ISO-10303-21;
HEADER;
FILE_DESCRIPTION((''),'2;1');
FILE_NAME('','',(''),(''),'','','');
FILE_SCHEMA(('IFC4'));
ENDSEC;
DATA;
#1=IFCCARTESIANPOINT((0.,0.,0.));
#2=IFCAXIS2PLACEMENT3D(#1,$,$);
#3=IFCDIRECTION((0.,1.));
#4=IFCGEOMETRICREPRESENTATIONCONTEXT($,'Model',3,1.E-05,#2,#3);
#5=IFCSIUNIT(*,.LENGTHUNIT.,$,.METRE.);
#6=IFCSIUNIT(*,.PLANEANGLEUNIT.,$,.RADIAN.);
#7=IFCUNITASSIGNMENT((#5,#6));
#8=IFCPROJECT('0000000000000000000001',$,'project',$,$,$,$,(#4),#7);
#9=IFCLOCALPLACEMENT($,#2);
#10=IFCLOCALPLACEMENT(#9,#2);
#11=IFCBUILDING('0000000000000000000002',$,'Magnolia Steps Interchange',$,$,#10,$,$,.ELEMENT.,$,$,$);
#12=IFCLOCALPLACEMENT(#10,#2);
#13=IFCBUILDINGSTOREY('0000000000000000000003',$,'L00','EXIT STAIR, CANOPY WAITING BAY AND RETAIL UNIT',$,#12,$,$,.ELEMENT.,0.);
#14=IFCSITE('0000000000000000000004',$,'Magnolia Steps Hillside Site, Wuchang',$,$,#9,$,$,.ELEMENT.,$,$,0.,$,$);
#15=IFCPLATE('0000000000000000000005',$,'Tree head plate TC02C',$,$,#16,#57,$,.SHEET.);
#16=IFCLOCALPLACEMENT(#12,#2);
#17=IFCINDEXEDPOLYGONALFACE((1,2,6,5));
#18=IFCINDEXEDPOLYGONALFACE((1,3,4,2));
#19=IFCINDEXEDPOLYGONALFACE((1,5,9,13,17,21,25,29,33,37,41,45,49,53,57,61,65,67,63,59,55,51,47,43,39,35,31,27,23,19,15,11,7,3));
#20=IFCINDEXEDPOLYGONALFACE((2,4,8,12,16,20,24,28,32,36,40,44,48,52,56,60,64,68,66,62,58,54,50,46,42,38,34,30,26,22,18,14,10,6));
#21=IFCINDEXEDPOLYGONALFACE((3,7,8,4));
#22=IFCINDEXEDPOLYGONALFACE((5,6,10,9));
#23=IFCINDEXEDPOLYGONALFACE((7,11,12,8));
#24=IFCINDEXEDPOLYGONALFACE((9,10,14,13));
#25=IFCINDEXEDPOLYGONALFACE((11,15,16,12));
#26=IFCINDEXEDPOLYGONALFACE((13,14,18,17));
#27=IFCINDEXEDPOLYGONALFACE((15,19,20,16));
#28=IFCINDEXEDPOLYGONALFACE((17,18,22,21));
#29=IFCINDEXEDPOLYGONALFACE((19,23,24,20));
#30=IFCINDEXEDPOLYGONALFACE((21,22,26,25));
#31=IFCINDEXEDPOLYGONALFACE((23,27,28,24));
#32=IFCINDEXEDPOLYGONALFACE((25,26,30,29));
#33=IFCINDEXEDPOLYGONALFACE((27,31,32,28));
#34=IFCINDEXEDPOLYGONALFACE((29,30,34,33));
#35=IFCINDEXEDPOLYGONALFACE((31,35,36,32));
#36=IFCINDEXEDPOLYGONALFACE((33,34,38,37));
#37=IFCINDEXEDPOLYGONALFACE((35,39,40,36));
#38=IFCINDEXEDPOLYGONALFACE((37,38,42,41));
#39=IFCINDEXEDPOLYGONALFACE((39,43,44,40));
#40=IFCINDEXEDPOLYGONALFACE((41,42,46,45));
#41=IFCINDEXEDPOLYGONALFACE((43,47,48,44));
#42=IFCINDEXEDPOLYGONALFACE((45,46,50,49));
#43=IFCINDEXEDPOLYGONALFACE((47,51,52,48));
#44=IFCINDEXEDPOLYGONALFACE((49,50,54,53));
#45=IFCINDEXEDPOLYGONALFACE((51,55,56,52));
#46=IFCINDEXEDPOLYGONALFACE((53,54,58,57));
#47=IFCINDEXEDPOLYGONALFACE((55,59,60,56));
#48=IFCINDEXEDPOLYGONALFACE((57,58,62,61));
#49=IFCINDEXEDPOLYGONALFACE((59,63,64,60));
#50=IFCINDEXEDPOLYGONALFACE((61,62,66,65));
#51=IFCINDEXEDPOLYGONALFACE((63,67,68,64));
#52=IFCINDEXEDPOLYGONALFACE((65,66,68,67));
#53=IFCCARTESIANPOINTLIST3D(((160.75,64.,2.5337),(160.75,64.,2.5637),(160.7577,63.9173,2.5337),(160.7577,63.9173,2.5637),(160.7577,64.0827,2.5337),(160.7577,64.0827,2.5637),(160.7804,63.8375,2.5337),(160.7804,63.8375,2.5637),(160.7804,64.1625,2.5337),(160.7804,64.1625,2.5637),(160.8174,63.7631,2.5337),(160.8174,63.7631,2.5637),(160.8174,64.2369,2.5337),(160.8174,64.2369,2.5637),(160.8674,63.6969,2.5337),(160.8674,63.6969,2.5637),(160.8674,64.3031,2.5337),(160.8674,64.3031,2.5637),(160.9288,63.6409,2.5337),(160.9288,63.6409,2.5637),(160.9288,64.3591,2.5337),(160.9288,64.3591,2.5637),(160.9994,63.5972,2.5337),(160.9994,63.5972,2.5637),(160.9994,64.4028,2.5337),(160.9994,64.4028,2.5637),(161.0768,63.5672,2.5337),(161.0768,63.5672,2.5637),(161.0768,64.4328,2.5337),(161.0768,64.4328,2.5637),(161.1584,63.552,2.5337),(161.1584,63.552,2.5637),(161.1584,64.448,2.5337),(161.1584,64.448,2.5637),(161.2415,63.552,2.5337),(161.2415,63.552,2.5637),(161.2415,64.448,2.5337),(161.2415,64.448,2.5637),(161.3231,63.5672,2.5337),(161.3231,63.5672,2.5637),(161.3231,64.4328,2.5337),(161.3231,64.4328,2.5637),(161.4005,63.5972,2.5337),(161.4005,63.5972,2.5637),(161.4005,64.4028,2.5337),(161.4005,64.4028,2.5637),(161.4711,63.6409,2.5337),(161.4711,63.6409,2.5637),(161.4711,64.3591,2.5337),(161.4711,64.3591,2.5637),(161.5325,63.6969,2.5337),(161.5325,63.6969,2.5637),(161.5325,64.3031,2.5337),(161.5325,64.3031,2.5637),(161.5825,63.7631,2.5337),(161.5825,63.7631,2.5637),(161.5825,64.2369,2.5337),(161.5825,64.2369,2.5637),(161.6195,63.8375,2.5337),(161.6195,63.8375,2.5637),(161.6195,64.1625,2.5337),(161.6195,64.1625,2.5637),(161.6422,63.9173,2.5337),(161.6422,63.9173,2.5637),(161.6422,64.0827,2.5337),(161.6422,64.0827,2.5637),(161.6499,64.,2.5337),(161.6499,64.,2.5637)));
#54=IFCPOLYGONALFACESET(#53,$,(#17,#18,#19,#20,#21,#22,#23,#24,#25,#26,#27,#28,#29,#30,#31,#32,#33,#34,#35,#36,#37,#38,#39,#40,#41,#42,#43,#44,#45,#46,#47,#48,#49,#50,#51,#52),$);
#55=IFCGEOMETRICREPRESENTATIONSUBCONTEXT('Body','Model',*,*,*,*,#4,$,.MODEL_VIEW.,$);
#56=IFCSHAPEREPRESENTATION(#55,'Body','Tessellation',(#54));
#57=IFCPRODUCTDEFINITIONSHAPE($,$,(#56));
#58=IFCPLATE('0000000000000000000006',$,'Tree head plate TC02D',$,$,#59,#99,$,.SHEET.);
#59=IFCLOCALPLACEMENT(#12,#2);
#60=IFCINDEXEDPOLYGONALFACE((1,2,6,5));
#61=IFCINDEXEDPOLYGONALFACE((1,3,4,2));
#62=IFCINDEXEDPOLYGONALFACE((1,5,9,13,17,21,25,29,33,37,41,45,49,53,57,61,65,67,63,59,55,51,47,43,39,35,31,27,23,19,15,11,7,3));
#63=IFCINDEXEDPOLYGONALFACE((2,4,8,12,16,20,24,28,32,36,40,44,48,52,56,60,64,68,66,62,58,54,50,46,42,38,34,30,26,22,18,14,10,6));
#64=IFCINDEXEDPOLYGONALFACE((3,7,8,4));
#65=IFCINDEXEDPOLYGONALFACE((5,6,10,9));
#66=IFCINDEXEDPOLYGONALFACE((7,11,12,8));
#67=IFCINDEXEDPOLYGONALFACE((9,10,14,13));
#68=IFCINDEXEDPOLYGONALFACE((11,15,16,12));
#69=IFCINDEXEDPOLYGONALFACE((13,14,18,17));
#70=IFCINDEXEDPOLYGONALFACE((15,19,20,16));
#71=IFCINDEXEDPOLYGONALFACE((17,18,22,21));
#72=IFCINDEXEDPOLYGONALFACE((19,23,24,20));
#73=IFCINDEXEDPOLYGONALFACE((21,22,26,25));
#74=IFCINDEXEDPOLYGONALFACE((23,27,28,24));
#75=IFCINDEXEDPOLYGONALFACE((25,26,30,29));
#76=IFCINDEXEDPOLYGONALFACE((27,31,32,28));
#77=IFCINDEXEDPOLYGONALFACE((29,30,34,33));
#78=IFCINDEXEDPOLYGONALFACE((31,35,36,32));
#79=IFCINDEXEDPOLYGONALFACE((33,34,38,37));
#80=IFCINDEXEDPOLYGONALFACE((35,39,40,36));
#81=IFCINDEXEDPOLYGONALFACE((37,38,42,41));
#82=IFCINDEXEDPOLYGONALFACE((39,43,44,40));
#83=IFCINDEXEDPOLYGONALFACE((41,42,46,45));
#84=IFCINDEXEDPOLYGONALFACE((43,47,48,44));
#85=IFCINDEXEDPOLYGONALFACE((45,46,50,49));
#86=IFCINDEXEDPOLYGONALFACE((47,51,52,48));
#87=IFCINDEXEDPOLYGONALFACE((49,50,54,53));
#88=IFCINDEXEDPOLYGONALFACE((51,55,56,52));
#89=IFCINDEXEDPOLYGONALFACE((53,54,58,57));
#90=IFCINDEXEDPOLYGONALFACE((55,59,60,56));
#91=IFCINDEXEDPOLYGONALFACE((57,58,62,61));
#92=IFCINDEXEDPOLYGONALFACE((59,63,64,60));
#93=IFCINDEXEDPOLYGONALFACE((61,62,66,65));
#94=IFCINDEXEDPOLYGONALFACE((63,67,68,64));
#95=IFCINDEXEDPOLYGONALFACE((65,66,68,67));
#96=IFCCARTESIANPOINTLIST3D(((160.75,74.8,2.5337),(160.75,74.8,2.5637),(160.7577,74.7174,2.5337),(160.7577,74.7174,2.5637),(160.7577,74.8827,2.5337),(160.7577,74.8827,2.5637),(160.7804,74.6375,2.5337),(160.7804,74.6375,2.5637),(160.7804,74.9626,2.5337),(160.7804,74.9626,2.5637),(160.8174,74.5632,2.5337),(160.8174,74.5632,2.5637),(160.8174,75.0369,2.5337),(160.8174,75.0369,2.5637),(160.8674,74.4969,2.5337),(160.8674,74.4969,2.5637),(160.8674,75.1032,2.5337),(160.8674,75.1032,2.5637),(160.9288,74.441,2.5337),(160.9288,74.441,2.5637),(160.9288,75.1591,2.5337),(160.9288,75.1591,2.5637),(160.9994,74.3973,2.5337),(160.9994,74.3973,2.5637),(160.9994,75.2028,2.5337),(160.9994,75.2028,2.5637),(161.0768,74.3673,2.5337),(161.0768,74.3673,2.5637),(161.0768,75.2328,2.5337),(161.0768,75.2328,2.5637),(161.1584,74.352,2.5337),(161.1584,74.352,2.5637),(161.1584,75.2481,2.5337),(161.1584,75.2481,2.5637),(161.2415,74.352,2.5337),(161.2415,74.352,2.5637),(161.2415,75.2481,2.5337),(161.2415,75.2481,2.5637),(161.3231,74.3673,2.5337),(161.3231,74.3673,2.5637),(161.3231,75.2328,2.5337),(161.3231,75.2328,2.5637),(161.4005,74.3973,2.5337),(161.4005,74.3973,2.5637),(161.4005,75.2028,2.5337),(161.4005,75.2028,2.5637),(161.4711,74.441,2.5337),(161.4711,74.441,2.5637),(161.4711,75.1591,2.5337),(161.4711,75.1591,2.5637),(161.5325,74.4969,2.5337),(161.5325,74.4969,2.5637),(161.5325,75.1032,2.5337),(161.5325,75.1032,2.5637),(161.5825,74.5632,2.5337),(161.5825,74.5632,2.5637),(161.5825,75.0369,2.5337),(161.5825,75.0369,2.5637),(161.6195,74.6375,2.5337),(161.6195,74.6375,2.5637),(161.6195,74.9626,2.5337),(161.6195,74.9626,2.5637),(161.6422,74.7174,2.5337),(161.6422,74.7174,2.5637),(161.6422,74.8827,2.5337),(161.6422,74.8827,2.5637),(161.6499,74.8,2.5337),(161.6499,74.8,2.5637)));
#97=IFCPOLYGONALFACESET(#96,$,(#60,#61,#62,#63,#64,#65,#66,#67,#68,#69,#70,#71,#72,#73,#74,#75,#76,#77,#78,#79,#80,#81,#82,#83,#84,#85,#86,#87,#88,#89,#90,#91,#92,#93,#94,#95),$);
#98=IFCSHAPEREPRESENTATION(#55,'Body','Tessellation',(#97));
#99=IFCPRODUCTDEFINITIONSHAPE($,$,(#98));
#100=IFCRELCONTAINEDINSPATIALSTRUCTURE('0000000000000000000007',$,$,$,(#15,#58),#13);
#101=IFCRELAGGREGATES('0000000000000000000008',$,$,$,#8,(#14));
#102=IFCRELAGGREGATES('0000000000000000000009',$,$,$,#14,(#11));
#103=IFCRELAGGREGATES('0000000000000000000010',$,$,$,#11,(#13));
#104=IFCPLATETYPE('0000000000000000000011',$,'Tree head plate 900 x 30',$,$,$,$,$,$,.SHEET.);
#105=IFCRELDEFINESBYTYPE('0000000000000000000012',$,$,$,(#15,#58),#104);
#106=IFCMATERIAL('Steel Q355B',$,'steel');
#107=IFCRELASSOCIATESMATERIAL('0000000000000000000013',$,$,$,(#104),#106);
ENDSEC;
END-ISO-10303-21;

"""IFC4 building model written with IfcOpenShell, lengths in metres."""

from ifc_helpers import new_model, si_unit, direction, frame, origin, origin_2d, place, context, subcontext, project, spatial, circle, extrude, material, material_profile, profile_set, type_object, element, save


model = new_model("IFC4")

# Units and contexts
model_context = context("Model", 3, precision=1e-05, world=origin(), true_north=direction((0.0, 1.0)))
body_context = subcontext(model_context, "Body", "Model", "MODEL_VIEW")
ifc_project = project(units=[si_unit("LENGTHUNIT", "METRE"), si_unit("PLANEANGLEUNIT", "RADIAN")], contexts=[model_context])

# Site, building, storey
site_placement = place(None, origin())
site = spatial("IfcSite", under=ifc_project, at=site_placement, Name="Magnolia Steps Hillside Site, Wuchang", CompositionType="ELEMENT", RefElevation=0.0)
building_placement = place(site_placement, origin())
building = spatial("IfcBuilding", under=site, at=building_placement, Name="Magnolia Steps Interchange", CompositionType="ELEMENT")
storey_placement = place(building_placement, origin())
storey = spatial("IfcBuildingStorey", under=building, at=storey_placement, Name="L00", Description="EXIT STAIR, CANOPY WAITING BAY AND RETAIL UNIT", CompositionType="ELEMENT", Elevation=0.0)

# Plates
ifc_material_1 = material(Name="Steel Q355B", Category="steel")
ifc_material_profile_1 = material_profile(ifc_material_1, circle(Radius=0.45, at=origin_2d()), Name="Tree head plate 900 x 30")
ifc_profile_set_1 = profile_set([ifc_material_profile_1], Name="Steel Q355B")
plate_type = type_object("IfcPlateType", Name="Tree head plate 900 x 30", PredefinedType="SHEET", material=ifc_profile_set_1)
for number, where, z_axis, x_axis, name in (
    (1, (161.2, 64.0, 2.5337), (0.0, 0.0, 1.0), (1.0, 0.0, 0.0), "Tree head plate TC02C"),
    (2, (161.2, 74.8, 2.5337), (0.0, 0.0, 1.0), (1.0, 0.0, 0.0), "Tree head plate TC02D"),
):
    element("IfcPlate", number, at=place(storey_placement, frame(where, z_axis=z_axis, x_axis=x_axis)), inside=storey, type_object=plate_type, Name=name, PredefinedType="SHEET", context=body_context, shape_type="SweptSolid", body=[
        extrude(circle(Radius=0.45, at=origin_2d()), origin(), (0.0, 0.0, 1.0), 0.03),
    ])

save(model, "model.ifc")
